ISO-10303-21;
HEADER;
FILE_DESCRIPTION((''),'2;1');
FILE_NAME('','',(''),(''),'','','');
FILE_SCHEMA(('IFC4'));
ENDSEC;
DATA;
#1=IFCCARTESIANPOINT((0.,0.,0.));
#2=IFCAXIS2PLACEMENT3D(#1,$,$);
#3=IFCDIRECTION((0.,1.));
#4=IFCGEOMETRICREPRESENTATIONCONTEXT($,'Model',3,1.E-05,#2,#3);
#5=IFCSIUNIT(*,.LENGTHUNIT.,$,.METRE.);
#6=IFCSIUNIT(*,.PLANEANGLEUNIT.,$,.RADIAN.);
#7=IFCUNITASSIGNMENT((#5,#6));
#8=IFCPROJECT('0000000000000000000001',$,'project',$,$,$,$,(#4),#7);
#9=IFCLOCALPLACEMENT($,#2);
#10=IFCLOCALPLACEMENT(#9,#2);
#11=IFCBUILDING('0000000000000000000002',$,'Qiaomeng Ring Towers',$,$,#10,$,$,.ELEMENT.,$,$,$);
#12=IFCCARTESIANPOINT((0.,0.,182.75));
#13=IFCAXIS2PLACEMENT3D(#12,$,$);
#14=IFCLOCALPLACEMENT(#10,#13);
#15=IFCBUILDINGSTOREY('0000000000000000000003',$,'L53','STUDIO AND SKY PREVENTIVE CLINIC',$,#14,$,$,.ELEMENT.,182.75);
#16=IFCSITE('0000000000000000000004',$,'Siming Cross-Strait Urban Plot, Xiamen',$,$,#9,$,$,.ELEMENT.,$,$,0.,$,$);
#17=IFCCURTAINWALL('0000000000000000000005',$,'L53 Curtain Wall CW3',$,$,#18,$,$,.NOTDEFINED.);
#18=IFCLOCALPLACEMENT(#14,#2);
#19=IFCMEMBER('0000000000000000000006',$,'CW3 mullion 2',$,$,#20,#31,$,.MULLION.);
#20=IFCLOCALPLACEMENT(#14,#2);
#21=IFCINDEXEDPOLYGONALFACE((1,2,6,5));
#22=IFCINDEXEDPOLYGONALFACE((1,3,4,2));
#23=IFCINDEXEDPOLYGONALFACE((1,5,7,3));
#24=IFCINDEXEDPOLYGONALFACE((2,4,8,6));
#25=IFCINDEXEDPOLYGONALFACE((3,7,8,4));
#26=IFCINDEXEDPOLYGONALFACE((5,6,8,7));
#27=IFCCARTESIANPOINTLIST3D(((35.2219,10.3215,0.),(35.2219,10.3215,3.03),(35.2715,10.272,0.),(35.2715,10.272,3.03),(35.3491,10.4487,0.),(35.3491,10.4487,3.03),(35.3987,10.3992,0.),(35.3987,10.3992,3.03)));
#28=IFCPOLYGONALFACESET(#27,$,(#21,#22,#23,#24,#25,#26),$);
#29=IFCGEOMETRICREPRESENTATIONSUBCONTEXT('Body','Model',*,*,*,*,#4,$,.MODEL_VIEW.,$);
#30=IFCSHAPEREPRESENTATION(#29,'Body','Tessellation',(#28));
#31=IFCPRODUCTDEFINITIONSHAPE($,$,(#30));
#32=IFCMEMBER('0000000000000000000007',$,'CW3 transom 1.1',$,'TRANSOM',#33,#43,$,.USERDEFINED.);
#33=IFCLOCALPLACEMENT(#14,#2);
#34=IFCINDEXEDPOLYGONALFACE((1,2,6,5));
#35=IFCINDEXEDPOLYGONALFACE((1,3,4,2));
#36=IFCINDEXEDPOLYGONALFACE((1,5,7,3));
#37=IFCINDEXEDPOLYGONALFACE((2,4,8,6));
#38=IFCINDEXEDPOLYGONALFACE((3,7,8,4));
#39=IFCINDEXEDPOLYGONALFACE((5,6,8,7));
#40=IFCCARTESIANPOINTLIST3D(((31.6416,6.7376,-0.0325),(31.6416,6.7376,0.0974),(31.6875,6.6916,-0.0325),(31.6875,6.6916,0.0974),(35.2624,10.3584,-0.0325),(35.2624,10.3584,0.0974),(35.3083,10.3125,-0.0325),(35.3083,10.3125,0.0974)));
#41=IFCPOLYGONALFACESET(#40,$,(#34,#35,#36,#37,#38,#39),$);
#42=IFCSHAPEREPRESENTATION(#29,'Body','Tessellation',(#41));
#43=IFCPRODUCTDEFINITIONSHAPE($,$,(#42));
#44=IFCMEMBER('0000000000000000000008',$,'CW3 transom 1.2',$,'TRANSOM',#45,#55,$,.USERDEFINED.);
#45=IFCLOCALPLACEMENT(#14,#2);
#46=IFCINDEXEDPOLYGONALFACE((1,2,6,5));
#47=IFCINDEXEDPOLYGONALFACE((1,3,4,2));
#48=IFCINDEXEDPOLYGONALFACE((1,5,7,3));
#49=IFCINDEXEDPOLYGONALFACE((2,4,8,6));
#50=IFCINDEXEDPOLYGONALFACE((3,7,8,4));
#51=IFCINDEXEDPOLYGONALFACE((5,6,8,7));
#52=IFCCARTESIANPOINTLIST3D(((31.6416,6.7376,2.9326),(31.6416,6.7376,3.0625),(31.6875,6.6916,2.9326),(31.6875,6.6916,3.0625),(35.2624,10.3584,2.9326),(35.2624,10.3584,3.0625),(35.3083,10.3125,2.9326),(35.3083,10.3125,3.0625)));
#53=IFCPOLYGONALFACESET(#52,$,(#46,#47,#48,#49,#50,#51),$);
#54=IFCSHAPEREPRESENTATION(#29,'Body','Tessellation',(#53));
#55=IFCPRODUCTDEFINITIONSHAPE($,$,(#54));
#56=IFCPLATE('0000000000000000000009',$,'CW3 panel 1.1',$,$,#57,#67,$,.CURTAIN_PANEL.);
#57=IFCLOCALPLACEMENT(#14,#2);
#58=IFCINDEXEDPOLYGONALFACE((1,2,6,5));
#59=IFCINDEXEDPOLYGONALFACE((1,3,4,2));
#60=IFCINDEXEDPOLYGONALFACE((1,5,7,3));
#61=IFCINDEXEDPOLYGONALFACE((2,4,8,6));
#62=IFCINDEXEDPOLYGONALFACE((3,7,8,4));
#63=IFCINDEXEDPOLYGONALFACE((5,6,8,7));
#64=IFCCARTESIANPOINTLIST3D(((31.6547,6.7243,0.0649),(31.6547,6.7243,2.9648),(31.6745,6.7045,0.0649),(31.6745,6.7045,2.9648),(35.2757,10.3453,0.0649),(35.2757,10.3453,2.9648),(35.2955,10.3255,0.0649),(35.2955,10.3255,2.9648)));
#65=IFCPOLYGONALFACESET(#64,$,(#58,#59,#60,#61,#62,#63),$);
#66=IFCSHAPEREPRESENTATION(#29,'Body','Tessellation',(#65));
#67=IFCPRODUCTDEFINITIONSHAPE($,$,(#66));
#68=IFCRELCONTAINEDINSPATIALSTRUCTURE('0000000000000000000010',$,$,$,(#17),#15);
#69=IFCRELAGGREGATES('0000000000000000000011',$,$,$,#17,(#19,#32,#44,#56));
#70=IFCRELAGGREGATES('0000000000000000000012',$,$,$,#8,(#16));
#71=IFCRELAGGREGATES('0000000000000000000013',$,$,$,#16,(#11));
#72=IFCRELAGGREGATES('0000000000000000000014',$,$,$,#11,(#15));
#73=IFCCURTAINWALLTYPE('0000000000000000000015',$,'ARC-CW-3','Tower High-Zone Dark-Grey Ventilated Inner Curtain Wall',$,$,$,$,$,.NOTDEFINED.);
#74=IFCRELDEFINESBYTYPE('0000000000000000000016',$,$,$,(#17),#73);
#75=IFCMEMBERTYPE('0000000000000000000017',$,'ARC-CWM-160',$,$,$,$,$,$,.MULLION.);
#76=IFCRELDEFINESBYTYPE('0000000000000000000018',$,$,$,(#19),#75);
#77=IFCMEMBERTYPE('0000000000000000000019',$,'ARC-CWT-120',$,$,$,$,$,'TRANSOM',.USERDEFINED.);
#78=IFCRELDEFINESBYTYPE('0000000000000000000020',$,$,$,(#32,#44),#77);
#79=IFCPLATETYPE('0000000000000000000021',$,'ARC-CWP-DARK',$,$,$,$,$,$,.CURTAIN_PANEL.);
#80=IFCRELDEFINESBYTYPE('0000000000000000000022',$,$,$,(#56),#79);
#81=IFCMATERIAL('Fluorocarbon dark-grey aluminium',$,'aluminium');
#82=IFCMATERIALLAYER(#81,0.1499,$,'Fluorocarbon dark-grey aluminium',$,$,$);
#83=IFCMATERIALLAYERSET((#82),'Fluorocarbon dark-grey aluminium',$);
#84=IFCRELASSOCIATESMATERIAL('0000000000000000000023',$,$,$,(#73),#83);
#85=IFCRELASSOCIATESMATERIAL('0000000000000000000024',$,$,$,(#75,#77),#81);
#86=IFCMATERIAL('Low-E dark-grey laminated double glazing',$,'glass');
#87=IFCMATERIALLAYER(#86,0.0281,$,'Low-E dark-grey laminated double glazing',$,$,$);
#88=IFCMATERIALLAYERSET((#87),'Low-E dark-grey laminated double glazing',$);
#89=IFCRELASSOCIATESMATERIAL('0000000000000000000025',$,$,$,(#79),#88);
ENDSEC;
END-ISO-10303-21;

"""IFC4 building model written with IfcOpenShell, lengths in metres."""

from ifc_helpers import new_model, si_unit, direction, frame, origin, origin_2d, place, context, subcontext, project, spatial, rectangle, extrude, source, transform, mapped, material, layer, layer_set, material_profile, profile_set, type_object, element, aggregate, save


model = new_model("IFC4")

# Units and contexts
model_context = context("Model", 3, precision=1e-05, world=origin(), true_north=direction((0.0, 1.0)))
body_context = subcontext(model_context, "Body", "Model", "MODEL_VIEW")
ifc_project = project(units=[si_unit("LENGTHUNIT", "METRE"), si_unit("PLANEANGLEUNIT", "RADIAN")], contexts=[model_context])

# Site, building, storey
site_placement = place(None, origin())
site = spatial("IfcSite", under=ifc_project, at=site_placement, Name="Siming Cross-Strait Urban Plot, Xiamen", CompositionType="ELEMENT", RefElevation=0.0)
building_placement = place(site_placement, origin())
building = spatial("IfcBuilding", under=site, at=building_placement, Name="Qiaomeng Ring Towers", CompositionType="ELEMENT")
storey_placement = place(building_placement, frame((0.0, 0.0, 182.75)))
storey = spatial("IfcBuildingStorey", under=building, at=storey_placement, Name="L53", Description="STUDIO AND SKY PREVENTIVE CLINIC", CompositionType="ELEMENT", Elevation=182.75)

# Curtain wall, members, plate
ifc_material_1 = material(Name="Fluorocarbon dark-grey aluminium", Category="aluminium")
ifc_layer_1 = layer(ifc_material_1, 0.1499, Name="Fluorocarbon dark-grey aluminium")
ifc_layer_set_1 = layer_set([ifc_layer_1], Name="Fluorocarbon dark-grey aluminium")
curtain_wall_type = type_object("IfcCurtainWallType", Name="ARC-CW-3", Description="Tower High-Zone Dark-Grey Ventilated Inner Curtain Wall", PredefinedType="NOTDEFINED", material=ifc_layer_set_1)
curtain_wall_placement = place(storey_placement, origin())
curtain_wall = element("IfcCurtainWall", 1, at=curtain_wall_placement, inside=storey, type_object=curtain_wall_type, Name="L53 Curtain Wall CW3", PredefinedType="NOTDEFINED")
ifc_material_profile_1 = material_profile(ifc_material_1, rectangle(XDim=0.0701, YDim=0.1799, at=origin_2d()), Name="ALU MULL 70x180")
ifc_profile_set_1 = profile_set([ifc_material_profile_1], Name="Fluorocarbon dark-grey aluminium")
member_type_1 = type_object("IfcMemberType", Name="ARC-CWM-160", PredefinedType="MULLION", material=ifc_profile_set_1)
shared_shape_1 = source(origin(), body_context, "Body", "SweptSolid", [
    extrude(rectangle(XDim=0.0701, YDim=0.1799, at=origin_2d()), origin(), (0.0, 0.0, 1.0), 3.03),
])
member_1_placement = place(storey_placement, frame((35.3103, 10.3604, 0.0), z_axis=(0.0, 0.0, 1.0), x_axis=(-0.707107, 0.707107, 0.0)))
member_1 = element("IfcMember", 2, at=member_1_placement, type_object=member_type_1, Name="CW3 mullion 2", PredefinedType="MULLION", context=body_context, shape_type="MappedRepresentation", body=[
    mapped(shared_shape_1, transform((0.0, 0.0, 0.0), x_axis=(1.0, 0.0, 0.0), y_axis=(0.0, 1.0, 0.0), z_axis=(0.0, 0.0, 1.0), scale=1.0)),
])
ifc_material_profile_2 = material_profile(ifc_material_1, rectangle(XDim=0.0649, YDim=0.1299, at=origin_2d()), Name="ALU TRAN 65x130")
ifc_profile_set_2 = profile_set([ifc_material_profile_2], Name="Fluorocarbon dark-grey aluminium")
member_type_2 = type_object("IfcMemberType", Name="ARC-CWT-120", ElementType="TRANSOM", PredefinedType="USERDEFINED", material=ifc_profile_set_2)
shared_shape_2 = source(origin(), body_context, "Body", "SweptSolid", [
    extrude(rectangle(XDim=0.0649, YDim=0.1299, at=origin_2d()), origin(), (0.0, 0.0, 1.0), 5.1206),
])
member_2_placement = place(storey_placement, frame((31.6646, 6.7146, 0.0325), z_axis=(0.707107, 0.707107, 0.0), x_axis=(-0.707107, 0.707107, 0.0)))
member_2 = element("IfcMember", 3, at=member_2_placement, type_object=member_type_2, Name="CW3 transom 1.1", ObjectType="TRANSOM", PredefinedType="USERDEFINED", context=body_context, shape_type="MappedRepresentation", body=[
    mapped(shared_shape_2, transform((0.0, 0.0, 0.0), x_axis=(1.0, 0.0, 0.0), y_axis=(0.0, 1.0, 0.0), z_axis=(0.0, 0.0, 1.0), scale=1.0)),
])
member_3_placement = place(storey_placement, frame((31.6646, 6.7146, 2.9976), z_axis=(0.707107, 0.707107, 0.0), x_axis=(-0.707107, 0.707107, 0.0)))
member_3 = element("IfcMember", 4, at=member_3_placement, type_object=member_type_2, Name="CW3 transom 1.2", ObjectType="TRANSOM", PredefinedType="USERDEFINED", context=body_context, shape_type="MappedRepresentation", body=[
    mapped(shared_shape_2, transform((0.0, 0.0, 0.0), x_axis=(1.0, 0.0, 0.0), y_axis=(0.0, 1.0, 0.0), z_axis=(0.0, 0.0, 1.0), scale=1.0)),
])
ifc_material_2 = material(Name="Low-E dark-grey laminated double glazing", Category="glass")
ifc_layer_2 = layer(ifc_material_2, 0.0281, Name="Low-E dark-grey laminated double glazing")
ifc_layer_set_2 = layer_set([ifc_layer_2], Name="Low-E dark-grey laminated double glazing")
plate_type = type_object("IfcPlateType", Name="ARC-CWP-DARK", PredefinedType="CURTAIN_PANEL", material=ifc_layer_set_2)
shared_shape_3 = source(origin(), body_context, "Body", "SweptSolid", [
    extrude(rectangle(XDim=5.1208, YDim=0.0281, at=origin_2d()), origin(), (0.0, 0.0, 1.0), 2.8999),
])
plate_placement = place(storey_placement, frame((33.4751, 8.5249, 0.0649), z_axis=(0.0, 0.0, 1.0), x_axis=(0.707107, 0.707107, 0.0)))
plate = element("IfcPlate", 5, at=plate_placement, type_object=plate_type, Name="CW3 panel 1.1", PredefinedType="CURTAIN_PANEL", context=body_context, shape_type="MappedRepresentation", body=[
    mapped(shared_shape_3, transform((0.0, 0.0, 0.0), x_axis=(1.0, 0.0, 0.0), y_axis=(0.0, 1.0, 0.0), z_axis=(0.0, 0.0, 1.0), scale=1.0)),
])
aggregate(curtain_wall, [member_1, member_2, member_3, plate])

save(model, "model.ifc")
